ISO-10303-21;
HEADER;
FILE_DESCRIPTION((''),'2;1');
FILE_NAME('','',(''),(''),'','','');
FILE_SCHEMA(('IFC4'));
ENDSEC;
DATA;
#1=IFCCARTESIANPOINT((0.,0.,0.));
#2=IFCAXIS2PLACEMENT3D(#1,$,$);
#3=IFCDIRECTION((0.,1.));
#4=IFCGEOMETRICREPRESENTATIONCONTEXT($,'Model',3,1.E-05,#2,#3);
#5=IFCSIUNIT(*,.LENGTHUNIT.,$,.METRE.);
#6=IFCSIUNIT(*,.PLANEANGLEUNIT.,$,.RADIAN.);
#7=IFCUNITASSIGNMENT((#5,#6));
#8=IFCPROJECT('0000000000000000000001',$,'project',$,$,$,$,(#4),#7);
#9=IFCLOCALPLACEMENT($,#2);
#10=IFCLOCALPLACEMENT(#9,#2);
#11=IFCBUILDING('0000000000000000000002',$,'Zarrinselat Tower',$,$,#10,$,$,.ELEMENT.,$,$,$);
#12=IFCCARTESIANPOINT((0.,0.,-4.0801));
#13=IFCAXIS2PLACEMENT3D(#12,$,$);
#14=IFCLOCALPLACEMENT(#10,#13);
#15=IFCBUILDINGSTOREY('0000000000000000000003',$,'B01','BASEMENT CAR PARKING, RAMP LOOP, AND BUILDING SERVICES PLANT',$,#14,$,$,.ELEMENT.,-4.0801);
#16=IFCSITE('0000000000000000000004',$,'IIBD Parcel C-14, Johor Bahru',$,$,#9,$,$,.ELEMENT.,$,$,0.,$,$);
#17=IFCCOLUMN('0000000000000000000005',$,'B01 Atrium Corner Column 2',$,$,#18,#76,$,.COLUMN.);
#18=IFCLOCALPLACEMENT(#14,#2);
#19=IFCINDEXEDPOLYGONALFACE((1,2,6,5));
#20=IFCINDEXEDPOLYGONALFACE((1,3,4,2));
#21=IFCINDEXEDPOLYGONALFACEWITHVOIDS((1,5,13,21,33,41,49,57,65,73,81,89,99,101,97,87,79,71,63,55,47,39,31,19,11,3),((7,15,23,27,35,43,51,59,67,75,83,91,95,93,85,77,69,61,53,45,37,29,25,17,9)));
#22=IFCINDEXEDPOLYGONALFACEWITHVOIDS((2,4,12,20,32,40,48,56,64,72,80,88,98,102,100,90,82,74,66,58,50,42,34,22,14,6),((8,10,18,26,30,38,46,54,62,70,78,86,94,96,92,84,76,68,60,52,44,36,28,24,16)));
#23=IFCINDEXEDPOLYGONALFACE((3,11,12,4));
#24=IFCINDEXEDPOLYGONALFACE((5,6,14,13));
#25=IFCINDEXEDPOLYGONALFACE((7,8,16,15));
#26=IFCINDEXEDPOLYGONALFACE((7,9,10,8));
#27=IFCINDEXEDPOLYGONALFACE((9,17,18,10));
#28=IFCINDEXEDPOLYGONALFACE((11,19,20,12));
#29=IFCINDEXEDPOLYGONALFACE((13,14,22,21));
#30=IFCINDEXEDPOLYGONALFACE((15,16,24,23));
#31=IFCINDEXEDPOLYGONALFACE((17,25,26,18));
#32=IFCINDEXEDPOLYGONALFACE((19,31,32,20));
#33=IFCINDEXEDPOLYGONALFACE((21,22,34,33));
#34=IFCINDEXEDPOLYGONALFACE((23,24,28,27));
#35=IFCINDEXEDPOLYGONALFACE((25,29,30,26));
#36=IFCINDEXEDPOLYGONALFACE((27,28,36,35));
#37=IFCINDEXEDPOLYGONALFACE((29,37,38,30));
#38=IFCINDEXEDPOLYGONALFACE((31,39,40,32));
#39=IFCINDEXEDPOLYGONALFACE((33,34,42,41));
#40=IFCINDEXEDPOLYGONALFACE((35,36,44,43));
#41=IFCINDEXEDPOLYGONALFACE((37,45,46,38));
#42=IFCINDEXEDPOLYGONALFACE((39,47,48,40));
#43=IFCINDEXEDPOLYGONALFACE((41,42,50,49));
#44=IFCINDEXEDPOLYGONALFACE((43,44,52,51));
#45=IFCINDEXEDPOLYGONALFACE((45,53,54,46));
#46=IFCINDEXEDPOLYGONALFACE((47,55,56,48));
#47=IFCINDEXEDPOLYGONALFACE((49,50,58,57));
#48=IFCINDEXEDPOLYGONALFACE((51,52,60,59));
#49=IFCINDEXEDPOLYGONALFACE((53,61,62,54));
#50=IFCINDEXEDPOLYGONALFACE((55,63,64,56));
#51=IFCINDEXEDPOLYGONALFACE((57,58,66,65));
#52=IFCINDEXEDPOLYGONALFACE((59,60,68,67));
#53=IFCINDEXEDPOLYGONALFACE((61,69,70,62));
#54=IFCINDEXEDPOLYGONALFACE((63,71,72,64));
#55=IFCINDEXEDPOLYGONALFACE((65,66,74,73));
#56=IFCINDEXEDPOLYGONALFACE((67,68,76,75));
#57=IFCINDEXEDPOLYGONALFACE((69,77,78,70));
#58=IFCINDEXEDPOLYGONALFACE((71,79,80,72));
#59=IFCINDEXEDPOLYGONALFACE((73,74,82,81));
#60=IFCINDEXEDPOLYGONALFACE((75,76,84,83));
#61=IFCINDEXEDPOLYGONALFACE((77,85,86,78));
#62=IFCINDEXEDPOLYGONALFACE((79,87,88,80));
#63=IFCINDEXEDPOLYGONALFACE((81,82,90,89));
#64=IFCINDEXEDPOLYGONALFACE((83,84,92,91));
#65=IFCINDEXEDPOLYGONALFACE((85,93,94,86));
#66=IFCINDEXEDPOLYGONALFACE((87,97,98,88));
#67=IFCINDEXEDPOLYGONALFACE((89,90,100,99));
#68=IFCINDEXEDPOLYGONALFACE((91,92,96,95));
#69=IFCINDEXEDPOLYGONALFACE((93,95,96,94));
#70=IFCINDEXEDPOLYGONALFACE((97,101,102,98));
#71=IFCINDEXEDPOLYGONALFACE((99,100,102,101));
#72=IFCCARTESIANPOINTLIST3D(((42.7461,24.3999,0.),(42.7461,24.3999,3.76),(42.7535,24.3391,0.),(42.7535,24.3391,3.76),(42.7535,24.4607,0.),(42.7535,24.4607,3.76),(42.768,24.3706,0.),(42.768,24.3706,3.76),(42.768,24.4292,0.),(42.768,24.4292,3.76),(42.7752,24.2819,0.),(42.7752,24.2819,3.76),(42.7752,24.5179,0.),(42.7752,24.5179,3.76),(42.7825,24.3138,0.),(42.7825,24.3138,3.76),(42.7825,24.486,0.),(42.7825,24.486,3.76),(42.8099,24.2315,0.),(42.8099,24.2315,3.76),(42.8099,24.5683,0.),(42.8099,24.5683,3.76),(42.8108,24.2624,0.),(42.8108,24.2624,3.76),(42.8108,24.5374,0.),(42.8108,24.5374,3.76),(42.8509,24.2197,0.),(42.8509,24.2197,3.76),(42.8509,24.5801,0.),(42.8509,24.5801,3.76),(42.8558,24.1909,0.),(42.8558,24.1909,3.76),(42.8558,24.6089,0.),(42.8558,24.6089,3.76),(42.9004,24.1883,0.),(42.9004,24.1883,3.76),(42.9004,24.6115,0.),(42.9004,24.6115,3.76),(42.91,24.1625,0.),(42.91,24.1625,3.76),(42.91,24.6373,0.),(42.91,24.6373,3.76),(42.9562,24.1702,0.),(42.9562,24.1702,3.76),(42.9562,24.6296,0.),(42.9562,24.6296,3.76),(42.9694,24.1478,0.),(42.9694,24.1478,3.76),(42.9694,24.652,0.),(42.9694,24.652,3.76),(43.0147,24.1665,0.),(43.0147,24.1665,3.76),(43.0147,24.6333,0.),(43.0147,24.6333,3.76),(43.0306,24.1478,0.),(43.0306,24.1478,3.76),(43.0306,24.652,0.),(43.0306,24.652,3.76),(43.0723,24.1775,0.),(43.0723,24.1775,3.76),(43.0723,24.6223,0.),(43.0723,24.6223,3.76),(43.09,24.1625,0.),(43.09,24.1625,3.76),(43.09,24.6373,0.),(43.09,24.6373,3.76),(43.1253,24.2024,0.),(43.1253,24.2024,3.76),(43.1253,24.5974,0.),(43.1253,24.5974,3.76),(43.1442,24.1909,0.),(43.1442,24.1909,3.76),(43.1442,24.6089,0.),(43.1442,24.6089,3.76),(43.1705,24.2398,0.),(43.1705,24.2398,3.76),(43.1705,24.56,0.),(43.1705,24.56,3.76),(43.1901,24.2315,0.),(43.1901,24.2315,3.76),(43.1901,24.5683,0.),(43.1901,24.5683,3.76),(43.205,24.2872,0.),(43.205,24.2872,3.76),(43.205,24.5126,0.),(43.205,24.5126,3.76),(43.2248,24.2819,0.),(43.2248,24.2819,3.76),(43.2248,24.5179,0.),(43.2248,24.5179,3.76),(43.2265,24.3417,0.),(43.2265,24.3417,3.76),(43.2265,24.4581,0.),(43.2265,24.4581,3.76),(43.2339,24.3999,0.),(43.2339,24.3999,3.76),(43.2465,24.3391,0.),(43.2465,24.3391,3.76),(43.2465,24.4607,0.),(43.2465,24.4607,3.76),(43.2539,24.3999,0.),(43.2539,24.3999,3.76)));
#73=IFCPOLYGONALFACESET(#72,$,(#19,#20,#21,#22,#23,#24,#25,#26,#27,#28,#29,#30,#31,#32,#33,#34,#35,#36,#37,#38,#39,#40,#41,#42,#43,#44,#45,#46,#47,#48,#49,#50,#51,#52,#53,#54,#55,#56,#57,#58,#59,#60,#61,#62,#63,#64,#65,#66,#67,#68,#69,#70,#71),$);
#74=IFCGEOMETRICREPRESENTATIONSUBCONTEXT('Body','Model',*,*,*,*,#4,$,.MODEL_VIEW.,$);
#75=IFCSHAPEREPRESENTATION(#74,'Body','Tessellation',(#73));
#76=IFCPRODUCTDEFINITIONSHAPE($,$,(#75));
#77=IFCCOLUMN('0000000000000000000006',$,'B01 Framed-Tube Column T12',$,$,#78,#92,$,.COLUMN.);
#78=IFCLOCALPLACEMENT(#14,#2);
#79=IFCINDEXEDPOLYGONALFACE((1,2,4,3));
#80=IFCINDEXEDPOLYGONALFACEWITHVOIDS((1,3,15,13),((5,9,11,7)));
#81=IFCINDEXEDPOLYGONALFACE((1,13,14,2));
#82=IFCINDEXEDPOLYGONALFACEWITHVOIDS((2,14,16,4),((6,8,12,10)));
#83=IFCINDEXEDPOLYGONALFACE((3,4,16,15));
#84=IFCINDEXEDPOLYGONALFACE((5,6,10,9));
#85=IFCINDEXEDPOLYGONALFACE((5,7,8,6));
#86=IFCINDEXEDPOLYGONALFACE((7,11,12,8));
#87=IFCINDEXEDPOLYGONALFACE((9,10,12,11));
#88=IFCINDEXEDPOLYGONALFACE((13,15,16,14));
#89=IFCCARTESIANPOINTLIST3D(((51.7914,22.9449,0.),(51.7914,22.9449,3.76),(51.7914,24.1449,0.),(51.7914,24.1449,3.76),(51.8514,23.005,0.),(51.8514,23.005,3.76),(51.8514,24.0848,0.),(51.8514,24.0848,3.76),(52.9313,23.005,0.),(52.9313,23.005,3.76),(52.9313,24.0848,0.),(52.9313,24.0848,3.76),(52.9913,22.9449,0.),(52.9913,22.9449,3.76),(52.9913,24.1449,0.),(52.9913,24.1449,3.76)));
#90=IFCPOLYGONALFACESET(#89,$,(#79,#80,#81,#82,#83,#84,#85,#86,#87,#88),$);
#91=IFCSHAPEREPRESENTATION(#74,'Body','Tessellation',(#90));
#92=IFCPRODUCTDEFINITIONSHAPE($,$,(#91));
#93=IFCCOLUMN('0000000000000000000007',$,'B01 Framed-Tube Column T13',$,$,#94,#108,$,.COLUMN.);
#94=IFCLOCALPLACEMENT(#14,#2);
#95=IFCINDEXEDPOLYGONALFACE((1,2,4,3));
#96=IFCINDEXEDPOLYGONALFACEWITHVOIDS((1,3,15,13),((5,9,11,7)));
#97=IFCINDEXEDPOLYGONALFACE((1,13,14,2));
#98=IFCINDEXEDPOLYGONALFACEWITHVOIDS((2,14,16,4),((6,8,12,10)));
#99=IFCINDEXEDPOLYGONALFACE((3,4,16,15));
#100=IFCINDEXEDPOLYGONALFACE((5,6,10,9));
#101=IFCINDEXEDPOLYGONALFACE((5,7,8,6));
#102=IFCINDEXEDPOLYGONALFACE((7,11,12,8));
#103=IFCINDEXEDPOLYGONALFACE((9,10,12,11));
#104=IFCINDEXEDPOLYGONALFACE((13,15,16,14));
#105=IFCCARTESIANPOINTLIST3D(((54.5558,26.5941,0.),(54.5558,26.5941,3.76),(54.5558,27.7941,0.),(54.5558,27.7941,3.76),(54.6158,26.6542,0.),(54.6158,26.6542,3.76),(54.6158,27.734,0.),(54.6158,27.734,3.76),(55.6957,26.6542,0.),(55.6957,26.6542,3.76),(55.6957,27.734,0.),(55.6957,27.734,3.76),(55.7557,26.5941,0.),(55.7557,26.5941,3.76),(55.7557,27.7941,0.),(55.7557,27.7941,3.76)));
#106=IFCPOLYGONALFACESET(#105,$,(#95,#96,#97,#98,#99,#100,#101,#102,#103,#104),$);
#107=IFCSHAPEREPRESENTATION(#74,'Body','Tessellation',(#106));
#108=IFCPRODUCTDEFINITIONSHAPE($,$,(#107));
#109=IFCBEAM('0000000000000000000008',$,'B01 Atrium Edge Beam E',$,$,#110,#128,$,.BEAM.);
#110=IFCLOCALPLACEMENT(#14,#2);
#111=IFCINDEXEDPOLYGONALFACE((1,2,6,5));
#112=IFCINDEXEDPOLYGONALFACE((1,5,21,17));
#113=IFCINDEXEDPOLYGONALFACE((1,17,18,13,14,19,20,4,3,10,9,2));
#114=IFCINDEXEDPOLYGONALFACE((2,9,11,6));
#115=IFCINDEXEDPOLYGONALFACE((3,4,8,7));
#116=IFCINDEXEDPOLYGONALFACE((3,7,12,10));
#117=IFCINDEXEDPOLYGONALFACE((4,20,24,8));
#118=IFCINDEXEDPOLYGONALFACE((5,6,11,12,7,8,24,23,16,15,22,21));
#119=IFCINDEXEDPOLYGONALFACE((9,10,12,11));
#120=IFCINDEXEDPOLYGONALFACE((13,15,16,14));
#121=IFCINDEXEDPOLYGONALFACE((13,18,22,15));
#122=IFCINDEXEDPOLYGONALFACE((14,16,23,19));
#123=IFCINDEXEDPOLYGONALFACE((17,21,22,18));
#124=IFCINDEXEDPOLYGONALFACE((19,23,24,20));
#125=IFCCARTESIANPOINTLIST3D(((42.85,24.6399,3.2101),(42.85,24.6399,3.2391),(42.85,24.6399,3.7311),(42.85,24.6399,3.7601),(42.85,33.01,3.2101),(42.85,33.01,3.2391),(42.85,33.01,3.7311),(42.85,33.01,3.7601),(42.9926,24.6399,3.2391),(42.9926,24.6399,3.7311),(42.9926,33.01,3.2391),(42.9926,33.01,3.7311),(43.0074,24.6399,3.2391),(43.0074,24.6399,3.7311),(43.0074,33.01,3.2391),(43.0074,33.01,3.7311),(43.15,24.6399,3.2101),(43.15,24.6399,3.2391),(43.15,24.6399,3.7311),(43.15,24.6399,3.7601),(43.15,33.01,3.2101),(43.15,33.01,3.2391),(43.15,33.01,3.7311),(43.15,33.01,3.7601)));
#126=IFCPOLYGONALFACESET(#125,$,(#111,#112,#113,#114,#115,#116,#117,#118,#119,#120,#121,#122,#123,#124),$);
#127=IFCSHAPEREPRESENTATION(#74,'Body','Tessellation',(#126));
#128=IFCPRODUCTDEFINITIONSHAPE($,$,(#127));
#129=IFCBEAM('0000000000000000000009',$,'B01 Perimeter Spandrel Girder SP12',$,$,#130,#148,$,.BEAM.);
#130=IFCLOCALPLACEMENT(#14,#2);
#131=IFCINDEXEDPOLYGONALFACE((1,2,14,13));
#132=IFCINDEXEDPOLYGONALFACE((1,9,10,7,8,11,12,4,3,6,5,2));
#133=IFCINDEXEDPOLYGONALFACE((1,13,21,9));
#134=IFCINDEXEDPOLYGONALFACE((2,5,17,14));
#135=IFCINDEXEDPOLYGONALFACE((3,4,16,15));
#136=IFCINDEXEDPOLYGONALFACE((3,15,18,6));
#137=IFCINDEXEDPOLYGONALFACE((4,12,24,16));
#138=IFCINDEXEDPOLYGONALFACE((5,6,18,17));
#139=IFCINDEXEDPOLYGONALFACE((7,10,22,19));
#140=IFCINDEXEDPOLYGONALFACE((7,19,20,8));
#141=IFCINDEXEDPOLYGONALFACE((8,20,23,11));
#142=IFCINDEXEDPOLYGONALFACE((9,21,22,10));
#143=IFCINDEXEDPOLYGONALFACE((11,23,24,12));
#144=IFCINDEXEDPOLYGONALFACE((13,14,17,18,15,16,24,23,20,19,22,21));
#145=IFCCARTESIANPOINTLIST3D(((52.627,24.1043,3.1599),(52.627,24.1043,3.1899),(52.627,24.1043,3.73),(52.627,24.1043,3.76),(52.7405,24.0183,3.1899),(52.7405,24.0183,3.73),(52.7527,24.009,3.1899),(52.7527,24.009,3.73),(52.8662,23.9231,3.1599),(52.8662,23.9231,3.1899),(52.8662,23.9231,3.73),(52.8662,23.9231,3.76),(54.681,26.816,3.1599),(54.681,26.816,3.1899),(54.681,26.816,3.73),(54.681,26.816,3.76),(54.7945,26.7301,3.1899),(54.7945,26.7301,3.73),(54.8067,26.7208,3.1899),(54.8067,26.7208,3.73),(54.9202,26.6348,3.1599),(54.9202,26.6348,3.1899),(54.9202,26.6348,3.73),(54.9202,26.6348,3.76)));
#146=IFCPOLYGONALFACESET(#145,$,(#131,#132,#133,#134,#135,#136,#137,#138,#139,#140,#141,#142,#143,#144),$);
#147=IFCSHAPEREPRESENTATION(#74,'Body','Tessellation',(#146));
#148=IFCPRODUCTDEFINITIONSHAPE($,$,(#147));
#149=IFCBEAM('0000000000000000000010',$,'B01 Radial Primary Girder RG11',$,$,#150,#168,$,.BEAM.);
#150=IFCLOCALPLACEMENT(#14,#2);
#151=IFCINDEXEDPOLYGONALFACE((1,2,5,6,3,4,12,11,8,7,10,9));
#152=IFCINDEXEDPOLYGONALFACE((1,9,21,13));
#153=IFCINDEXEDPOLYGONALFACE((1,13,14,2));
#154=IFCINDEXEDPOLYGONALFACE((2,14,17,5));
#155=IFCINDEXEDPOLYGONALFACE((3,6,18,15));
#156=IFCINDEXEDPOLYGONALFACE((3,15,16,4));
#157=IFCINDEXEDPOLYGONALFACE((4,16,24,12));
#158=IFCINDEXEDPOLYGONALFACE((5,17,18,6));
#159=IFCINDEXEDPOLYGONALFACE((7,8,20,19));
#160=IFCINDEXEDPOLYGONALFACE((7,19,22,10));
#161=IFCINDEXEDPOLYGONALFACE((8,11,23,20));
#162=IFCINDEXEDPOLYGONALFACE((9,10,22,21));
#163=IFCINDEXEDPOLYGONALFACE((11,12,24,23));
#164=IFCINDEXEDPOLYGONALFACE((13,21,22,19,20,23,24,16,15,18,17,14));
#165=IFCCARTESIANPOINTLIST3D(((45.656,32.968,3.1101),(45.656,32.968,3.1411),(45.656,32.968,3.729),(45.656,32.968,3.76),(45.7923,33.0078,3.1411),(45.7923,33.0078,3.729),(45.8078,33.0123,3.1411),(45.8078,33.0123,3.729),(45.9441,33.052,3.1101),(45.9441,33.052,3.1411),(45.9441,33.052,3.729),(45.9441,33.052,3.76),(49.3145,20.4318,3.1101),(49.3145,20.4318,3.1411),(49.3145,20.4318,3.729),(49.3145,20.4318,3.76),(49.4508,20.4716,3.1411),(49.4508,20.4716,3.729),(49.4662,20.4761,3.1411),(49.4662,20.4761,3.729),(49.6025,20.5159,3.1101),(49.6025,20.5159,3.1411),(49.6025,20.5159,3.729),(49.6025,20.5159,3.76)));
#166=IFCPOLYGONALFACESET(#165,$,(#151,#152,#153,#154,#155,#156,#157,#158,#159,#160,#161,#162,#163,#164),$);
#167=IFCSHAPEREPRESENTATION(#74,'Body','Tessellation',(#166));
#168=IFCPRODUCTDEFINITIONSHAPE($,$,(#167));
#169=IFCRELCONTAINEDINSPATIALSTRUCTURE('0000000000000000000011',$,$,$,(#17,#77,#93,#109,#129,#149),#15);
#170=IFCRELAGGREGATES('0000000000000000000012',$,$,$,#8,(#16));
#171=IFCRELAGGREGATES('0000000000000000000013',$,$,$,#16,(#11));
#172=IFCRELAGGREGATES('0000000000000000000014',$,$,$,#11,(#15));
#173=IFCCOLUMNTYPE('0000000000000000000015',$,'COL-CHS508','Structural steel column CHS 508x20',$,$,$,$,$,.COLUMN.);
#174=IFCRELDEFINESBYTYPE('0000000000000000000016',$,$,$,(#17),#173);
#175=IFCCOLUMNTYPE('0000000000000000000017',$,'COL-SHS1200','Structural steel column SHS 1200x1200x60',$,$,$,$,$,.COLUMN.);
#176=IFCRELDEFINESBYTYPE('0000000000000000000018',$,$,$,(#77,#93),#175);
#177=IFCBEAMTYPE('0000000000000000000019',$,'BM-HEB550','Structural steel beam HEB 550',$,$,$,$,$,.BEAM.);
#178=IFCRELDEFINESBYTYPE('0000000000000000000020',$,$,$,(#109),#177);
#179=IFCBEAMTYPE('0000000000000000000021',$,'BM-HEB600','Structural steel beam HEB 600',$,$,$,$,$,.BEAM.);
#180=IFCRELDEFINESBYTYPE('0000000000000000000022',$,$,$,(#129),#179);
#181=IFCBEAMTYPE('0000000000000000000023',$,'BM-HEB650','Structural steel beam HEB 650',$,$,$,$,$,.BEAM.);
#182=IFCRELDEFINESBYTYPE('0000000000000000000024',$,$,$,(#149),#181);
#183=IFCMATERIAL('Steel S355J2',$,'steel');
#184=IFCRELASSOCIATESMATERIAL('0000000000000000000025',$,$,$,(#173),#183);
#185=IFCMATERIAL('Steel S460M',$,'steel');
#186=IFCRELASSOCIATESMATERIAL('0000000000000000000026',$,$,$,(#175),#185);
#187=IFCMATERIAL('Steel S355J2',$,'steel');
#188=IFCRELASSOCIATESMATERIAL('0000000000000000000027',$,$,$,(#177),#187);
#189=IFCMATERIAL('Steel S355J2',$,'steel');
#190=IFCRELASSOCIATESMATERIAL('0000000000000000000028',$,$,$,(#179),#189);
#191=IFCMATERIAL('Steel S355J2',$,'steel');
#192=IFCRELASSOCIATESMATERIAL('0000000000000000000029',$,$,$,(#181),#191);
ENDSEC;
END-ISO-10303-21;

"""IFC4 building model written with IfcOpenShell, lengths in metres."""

from ifc_helpers import new_model, si_unit, direction, frame, origin, origin_2d, place, context, subcontext, project, spatial, hollow_rectangle, hollow_circle, i_section, extrude, material, material_profile, profile_set, type_object, element, save


model = new_model("IFC4")

# Units and contexts
model_context = context("Model", 3, precision=1e-05, world=origin(), true_north=direction((0.0, 1.0)))
body_context = subcontext(model_context, "Body", "Model", "MODEL_VIEW")
ifc_project = project(units=[si_unit("LENGTHUNIT", "METRE"), si_unit("PLANEANGLEUNIT", "RADIAN")], contexts=[model_context])

# Site, building, storey
site_placement = place(None, origin())
site = spatial("IfcSite", under=ifc_project, at=site_placement, Name="IIBD Parcel C-14, Johor Bahru", CompositionType="ELEMENT", RefElevation=0.0)
building_placement = place(site_placement, origin())
building = spatial("IfcBuilding", under=site, at=building_placement, Name="Zarrinselat Tower", CompositionType="ELEMENT")
storey_placement = place(building_placement, frame((0.0, 0.0, -4.0801)))
storey = spatial("IfcBuildingStorey", under=building, at=storey_placement, Name="B01", Description="BASEMENT CAR PARKING, RAMP LOOP, AND BUILDING SERVICES PLANT", CompositionType="ELEMENT", Elevation=-4.0801)

# Columns
ifc_material_1 = material(Name="Steel S355J2", Category="steel")
ifc_material_profile_1 = material_profile(ifc_material_1, hollow_circle(Radius=0.2539, WallThickness=0.02, at=origin_2d()), Name="CHS 508x20")
ifc_profile_set_1 = profile_set([ifc_material_profile_1], Name="Steel S355J2")
column_type_1 = type_object("IfcColumnType", Name="COL-CHS508", Description="Structural steel column CHS 508x20", PredefinedType="COLUMN", material=ifc_profile_set_1)
column_placement = place(storey_placement, frame((43.0, 24.3999, 0.0), z_axis=(0.0, 0.0, 1.0), x_axis=(1.0, 0.0, 0.0)))
element("IfcColumn", 1, at=column_placement, inside=storey, type_object=column_type_1, Name="B01 Atrium Corner Column 2", PredefinedType="COLUMN", context=body_context, shape_type="SweptSolid", body=[
    extrude(hollow_circle(Radius=0.2539, WallThickness=0.02, at=origin_2d()), origin(), (0.0, 0.0, 1.0), 3.76),
])
ifc_material_2 = material(Name="Steel S460M", Category="steel")
ifc_material_profile_2 = material_profile(ifc_material_2, hollow_rectangle(XDim=1.2, YDim=1.2, WallThickness=0.0601, at=origin_2d()), Name="SHS 1200x1200x60")
ifc_profile_set_2 = profile_set([ifc_material_profile_2], Name="Steel S460M")
column_type_2 = type_object("IfcColumnType", Name="COL-SHS1200", Description="Structural steel column SHS 1200x1200x60", PredefinedType="COLUMN", material=ifc_profile_set_2)
for number, where, z_axis, x_axis, name in (
    (2, (52.3914, 23.5449, 0.0), (0.0, 0.0, 1.0), (1.0, 0.0, 0.0), "B01 Framed-Tube Column T12"),
    (3, (55.1558, 27.1941, 0.0), (0.0, 0.0, 1.0), (1.0, 0.0, 0.0), "B01 Framed-Tube Column T13"),
):
    element("IfcColumn", number, at=place(storey_placement, frame(where, z_axis=z_axis, x_axis=x_axis)), inside=storey, type_object=column_type_2, Name=name, PredefinedType="COLUMN", context=body_context, shape_type="SweptSolid", body=[
        extrude(hollow_rectangle(XDim=1.2, YDim=1.2, WallThickness=0.0601, at=origin_2d()), origin(), (0.0, 0.0, 1.0), 3.76),
    ])

# Beams
ifc_material_3 = material(Name="Steel S355J2", Category="steel")
ifc_material_profile_3 = material_profile(ifc_material_3, i_section(OverallWidth=0.3, OverallDepth=0.55, WebThickness=0.0149, FlangeThickness=0.0291, at=origin_2d()), Name="HEB 550")
ifc_profile_set_3 = profile_set([ifc_material_profile_3], Name="Steel S355J2")
beam_type_1 = type_object("IfcBeamType", Name="BM-HEB550", Description="Structural steel beam HEB 550", PredefinedType="BEAM", material=ifc_profile_set_3)
beam_1_placement = place(storey_placement, frame((43.0, 24.6399, 3.4851), z_axis=(0.0, 1.0, 0.0), x_axis=(-1.0, 0.0, 0.0)))
element("IfcBeam", 4, at=beam_1_placement, inside=storey, type_object=beam_type_1, Name="B01 Atrium Edge Beam E", PredefinedType="BEAM", context=body_context, shape_type="SweptSolid", body=[
    extrude(i_section(OverallWidth=0.3, OverallDepth=0.55, WebThickness=0.0149, FlangeThickness=0.0291, at=origin_2d()), origin(), (0.0, 0.0, 1.0), 8.3701),
])
ifc_material_4 = material(Name="Steel S355J2", Category="steel")
ifc_material_profile_4 = material_profile(ifc_material_4, i_section(OverallWidth=0.3, OverallDepth=0.6001, WebThickness=0.0154, FlangeThickness=0.03, at=origin_2d()), Name="HEB 600")
ifc_profile_set_4 = profile_set([ifc_material_profile_4], Name="Steel S355J2")
beam_type_2 = type_object("IfcBeamType", Name="BM-HEB600", Description="Structural steel beam HEB 600", PredefinedType="BEAM", material=ifc_profile_set_4)
beam_2_placement = place(storey_placement, frame((52.7466, 24.0137, 3.46), z_axis=(0.603794, 0.79714, 0.0), x_axis=(-0.79714, 0.603794, 0.0)))
element("IfcBeam", 5, at=beam_2_placement, inside=storey, type_object=beam_type_2, Name="B01 Perimeter Spandrel Girder SP12", PredefinedType="BEAM", context=body_context, shape_type="SweptSolid", body=[
    extrude(i_section(OverallWidth=0.3, OverallDepth=0.6001, WebThickness=0.0154, FlangeThickness=0.03, at=origin_2d()), origin(), (0.0, 0.0, 1.0), 3.4019),
])
ifc_material_5 = material(Name="Steel S355J2", Category="steel")
ifc_material_profile_5 = material_profile(ifc_material_5, i_section(OverallWidth=0.3, OverallDepth=0.6499, WebThickness=0.0161, FlangeThickness=0.031, at=origin_2d()), Name="HEB 650")
ifc_profile_set_5 = profile_set([ifc_material_profile_5], Name="Steel S355J2")
beam_type_3 = type_object("IfcBeamType", Name="BM-HEB650", Description="Structural steel beam HEB 650", PredefinedType="BEAM", material=ifc_profile_set_5)
beam_3_placement = place(storey_placement, frame((45.8, 33.01, 3.4351), z_axis=(0.280146, -0.959957, 0.0), x_axis=(0.959957, 0.280146, 0.0)))
element("IfcBeam", 6, at=beam_3_placement, inside=storey, type_object=beam_type_3, Name="B01 Radial Primary Girder RG11", PredefinedType="BEAM", context=body_context, shape_type="SweptSolid", body=[
    extrude(i_section(OverallWidth=0.3, OverallDepth=0.6499, WebThickness=0.0161, FlangeThickness=0.031, at=origin_2d()), origin(), (0.0, 0.0, 1.0), 13.0591),
])

save(model, "model.ifc")
